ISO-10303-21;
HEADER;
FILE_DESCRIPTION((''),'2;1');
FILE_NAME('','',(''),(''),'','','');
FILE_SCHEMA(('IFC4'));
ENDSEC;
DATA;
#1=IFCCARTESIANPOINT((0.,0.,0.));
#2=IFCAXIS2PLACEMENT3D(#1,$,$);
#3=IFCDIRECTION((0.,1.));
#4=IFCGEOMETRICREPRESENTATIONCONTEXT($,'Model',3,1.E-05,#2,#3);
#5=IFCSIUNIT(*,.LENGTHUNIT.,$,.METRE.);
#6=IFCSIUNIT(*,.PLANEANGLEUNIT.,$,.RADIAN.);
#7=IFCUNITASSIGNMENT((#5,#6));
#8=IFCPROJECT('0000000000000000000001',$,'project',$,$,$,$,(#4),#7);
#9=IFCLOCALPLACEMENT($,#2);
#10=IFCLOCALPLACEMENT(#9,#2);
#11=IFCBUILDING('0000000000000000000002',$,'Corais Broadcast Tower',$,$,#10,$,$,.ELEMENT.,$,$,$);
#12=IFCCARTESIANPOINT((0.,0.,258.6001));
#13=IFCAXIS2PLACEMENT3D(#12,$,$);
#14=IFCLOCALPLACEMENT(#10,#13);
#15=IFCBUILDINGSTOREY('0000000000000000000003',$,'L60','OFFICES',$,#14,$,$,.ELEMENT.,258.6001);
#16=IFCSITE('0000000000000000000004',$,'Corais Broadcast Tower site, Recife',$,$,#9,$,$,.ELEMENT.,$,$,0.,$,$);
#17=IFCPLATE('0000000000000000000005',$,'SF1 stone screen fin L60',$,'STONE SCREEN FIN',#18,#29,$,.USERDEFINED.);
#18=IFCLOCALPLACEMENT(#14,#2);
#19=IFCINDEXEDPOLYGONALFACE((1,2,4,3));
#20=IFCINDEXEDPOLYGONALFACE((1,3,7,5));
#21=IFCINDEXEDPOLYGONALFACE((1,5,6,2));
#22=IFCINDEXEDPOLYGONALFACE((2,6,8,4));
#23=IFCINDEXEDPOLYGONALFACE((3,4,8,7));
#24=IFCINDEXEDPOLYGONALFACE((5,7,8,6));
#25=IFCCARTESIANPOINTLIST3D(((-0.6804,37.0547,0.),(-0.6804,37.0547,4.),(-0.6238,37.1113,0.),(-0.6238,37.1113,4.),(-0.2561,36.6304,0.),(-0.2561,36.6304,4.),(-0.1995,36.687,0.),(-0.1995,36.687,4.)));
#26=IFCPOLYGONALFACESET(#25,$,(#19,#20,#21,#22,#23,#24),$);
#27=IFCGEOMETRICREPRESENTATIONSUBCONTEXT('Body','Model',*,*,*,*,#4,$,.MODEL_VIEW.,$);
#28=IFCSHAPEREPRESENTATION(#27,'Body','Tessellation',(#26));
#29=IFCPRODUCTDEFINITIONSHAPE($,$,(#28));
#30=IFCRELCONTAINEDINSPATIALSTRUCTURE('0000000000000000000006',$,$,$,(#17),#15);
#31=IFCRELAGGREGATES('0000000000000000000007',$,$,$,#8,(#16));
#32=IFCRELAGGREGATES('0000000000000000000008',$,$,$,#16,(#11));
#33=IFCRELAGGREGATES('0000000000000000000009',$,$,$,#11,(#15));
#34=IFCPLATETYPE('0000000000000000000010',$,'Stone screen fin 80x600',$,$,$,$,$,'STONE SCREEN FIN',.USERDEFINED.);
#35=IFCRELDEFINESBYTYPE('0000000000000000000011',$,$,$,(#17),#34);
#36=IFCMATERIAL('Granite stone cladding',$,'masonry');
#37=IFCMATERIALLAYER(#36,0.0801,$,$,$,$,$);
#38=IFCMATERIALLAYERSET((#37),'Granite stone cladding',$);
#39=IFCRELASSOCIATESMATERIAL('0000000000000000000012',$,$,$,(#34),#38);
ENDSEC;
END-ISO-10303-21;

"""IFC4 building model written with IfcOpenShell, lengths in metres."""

from ifc_helpers import new_model, si_unit, direction, frame, origin, origin_2d, place, context, subcontext, project, spatial, rectangle, extrude, material, layer, layer_set, type_object, element, save


model = new_model("IFC4")

# Units and contexts
model_context = context("Model", 3, precision=1e-05, world=origin(), true_north=direction((0.0, 1.0)))
body_context = subcontext(model_context, "Body", "Model", "MODEL_VIEW")
ifc_project = project(units=[si_unit("LENGTHUNIT", "METRE"), si_unit("PLANEANGLEUNIT", "RADIAN")], contexts=[model_context])

# Site, building, storey
site_placement = place(None, origin())
site = spatial("IfcSite", under=ifc_project, at=site_placement, Name="Corais Broadcast Tower site, Recife", CompositionType="ELEMENT", RefElevation=0.0)
building_placement = place(site_placement, origin())
building = spatial("IfcBuilding", under=site, at=building_placement, Name="Corais Broadcast Tower", CompositionType="ELEMENT")
storey_placement = place(building_placement, frame((0.0, 0.0, 258.6001)))
storey = spatial("IfcBuildingStorey", under=building, at=storey_placement, Name="L60", Description="OFFICES", CompositionType="ELEMENT", Elevation=258.6001)

# Plate
ifc_material_1 = material(Name="Granite stone cladding", Category="masonry")
ifc_layer_1 = layer(ifc_material_1, 0.0801)
ifc_layer_set_1 = layer_set([ifc_layer_1], Name="Granite stone cladding")
plate_type_1 = type_object("IfcPlateType", Name="Stone screen fin 80x600", ElementType="STONE SCREEN FIN", PredefinedType="USERDEFINED", material=ifc_layer_set_1)
plate_1_placement = place(storey_placement, frame((-0.4399, 36.8708, 0.0), z_axis=(0.0, 0.0, 1.0), x_axis=(0.707107, 0.707107, 0.0)))
element("IfcPlate", 1, at=plate_1_placement, inside=storey, type_object=plate_type_1, Name="SF1 stone screen fin L60", ObjectType="STONE SCREEN FIN", PredefinedType="USERDEFINED", context=body_context, shape_type="SweptSolid", body=[
    extrude(rectangle(XDim=0.0801, YDim=0.6001, at=origin_2d()), origin(), (0.0, 0.0, 1.0), 4.0),
])

save(model, "model.ifc")
